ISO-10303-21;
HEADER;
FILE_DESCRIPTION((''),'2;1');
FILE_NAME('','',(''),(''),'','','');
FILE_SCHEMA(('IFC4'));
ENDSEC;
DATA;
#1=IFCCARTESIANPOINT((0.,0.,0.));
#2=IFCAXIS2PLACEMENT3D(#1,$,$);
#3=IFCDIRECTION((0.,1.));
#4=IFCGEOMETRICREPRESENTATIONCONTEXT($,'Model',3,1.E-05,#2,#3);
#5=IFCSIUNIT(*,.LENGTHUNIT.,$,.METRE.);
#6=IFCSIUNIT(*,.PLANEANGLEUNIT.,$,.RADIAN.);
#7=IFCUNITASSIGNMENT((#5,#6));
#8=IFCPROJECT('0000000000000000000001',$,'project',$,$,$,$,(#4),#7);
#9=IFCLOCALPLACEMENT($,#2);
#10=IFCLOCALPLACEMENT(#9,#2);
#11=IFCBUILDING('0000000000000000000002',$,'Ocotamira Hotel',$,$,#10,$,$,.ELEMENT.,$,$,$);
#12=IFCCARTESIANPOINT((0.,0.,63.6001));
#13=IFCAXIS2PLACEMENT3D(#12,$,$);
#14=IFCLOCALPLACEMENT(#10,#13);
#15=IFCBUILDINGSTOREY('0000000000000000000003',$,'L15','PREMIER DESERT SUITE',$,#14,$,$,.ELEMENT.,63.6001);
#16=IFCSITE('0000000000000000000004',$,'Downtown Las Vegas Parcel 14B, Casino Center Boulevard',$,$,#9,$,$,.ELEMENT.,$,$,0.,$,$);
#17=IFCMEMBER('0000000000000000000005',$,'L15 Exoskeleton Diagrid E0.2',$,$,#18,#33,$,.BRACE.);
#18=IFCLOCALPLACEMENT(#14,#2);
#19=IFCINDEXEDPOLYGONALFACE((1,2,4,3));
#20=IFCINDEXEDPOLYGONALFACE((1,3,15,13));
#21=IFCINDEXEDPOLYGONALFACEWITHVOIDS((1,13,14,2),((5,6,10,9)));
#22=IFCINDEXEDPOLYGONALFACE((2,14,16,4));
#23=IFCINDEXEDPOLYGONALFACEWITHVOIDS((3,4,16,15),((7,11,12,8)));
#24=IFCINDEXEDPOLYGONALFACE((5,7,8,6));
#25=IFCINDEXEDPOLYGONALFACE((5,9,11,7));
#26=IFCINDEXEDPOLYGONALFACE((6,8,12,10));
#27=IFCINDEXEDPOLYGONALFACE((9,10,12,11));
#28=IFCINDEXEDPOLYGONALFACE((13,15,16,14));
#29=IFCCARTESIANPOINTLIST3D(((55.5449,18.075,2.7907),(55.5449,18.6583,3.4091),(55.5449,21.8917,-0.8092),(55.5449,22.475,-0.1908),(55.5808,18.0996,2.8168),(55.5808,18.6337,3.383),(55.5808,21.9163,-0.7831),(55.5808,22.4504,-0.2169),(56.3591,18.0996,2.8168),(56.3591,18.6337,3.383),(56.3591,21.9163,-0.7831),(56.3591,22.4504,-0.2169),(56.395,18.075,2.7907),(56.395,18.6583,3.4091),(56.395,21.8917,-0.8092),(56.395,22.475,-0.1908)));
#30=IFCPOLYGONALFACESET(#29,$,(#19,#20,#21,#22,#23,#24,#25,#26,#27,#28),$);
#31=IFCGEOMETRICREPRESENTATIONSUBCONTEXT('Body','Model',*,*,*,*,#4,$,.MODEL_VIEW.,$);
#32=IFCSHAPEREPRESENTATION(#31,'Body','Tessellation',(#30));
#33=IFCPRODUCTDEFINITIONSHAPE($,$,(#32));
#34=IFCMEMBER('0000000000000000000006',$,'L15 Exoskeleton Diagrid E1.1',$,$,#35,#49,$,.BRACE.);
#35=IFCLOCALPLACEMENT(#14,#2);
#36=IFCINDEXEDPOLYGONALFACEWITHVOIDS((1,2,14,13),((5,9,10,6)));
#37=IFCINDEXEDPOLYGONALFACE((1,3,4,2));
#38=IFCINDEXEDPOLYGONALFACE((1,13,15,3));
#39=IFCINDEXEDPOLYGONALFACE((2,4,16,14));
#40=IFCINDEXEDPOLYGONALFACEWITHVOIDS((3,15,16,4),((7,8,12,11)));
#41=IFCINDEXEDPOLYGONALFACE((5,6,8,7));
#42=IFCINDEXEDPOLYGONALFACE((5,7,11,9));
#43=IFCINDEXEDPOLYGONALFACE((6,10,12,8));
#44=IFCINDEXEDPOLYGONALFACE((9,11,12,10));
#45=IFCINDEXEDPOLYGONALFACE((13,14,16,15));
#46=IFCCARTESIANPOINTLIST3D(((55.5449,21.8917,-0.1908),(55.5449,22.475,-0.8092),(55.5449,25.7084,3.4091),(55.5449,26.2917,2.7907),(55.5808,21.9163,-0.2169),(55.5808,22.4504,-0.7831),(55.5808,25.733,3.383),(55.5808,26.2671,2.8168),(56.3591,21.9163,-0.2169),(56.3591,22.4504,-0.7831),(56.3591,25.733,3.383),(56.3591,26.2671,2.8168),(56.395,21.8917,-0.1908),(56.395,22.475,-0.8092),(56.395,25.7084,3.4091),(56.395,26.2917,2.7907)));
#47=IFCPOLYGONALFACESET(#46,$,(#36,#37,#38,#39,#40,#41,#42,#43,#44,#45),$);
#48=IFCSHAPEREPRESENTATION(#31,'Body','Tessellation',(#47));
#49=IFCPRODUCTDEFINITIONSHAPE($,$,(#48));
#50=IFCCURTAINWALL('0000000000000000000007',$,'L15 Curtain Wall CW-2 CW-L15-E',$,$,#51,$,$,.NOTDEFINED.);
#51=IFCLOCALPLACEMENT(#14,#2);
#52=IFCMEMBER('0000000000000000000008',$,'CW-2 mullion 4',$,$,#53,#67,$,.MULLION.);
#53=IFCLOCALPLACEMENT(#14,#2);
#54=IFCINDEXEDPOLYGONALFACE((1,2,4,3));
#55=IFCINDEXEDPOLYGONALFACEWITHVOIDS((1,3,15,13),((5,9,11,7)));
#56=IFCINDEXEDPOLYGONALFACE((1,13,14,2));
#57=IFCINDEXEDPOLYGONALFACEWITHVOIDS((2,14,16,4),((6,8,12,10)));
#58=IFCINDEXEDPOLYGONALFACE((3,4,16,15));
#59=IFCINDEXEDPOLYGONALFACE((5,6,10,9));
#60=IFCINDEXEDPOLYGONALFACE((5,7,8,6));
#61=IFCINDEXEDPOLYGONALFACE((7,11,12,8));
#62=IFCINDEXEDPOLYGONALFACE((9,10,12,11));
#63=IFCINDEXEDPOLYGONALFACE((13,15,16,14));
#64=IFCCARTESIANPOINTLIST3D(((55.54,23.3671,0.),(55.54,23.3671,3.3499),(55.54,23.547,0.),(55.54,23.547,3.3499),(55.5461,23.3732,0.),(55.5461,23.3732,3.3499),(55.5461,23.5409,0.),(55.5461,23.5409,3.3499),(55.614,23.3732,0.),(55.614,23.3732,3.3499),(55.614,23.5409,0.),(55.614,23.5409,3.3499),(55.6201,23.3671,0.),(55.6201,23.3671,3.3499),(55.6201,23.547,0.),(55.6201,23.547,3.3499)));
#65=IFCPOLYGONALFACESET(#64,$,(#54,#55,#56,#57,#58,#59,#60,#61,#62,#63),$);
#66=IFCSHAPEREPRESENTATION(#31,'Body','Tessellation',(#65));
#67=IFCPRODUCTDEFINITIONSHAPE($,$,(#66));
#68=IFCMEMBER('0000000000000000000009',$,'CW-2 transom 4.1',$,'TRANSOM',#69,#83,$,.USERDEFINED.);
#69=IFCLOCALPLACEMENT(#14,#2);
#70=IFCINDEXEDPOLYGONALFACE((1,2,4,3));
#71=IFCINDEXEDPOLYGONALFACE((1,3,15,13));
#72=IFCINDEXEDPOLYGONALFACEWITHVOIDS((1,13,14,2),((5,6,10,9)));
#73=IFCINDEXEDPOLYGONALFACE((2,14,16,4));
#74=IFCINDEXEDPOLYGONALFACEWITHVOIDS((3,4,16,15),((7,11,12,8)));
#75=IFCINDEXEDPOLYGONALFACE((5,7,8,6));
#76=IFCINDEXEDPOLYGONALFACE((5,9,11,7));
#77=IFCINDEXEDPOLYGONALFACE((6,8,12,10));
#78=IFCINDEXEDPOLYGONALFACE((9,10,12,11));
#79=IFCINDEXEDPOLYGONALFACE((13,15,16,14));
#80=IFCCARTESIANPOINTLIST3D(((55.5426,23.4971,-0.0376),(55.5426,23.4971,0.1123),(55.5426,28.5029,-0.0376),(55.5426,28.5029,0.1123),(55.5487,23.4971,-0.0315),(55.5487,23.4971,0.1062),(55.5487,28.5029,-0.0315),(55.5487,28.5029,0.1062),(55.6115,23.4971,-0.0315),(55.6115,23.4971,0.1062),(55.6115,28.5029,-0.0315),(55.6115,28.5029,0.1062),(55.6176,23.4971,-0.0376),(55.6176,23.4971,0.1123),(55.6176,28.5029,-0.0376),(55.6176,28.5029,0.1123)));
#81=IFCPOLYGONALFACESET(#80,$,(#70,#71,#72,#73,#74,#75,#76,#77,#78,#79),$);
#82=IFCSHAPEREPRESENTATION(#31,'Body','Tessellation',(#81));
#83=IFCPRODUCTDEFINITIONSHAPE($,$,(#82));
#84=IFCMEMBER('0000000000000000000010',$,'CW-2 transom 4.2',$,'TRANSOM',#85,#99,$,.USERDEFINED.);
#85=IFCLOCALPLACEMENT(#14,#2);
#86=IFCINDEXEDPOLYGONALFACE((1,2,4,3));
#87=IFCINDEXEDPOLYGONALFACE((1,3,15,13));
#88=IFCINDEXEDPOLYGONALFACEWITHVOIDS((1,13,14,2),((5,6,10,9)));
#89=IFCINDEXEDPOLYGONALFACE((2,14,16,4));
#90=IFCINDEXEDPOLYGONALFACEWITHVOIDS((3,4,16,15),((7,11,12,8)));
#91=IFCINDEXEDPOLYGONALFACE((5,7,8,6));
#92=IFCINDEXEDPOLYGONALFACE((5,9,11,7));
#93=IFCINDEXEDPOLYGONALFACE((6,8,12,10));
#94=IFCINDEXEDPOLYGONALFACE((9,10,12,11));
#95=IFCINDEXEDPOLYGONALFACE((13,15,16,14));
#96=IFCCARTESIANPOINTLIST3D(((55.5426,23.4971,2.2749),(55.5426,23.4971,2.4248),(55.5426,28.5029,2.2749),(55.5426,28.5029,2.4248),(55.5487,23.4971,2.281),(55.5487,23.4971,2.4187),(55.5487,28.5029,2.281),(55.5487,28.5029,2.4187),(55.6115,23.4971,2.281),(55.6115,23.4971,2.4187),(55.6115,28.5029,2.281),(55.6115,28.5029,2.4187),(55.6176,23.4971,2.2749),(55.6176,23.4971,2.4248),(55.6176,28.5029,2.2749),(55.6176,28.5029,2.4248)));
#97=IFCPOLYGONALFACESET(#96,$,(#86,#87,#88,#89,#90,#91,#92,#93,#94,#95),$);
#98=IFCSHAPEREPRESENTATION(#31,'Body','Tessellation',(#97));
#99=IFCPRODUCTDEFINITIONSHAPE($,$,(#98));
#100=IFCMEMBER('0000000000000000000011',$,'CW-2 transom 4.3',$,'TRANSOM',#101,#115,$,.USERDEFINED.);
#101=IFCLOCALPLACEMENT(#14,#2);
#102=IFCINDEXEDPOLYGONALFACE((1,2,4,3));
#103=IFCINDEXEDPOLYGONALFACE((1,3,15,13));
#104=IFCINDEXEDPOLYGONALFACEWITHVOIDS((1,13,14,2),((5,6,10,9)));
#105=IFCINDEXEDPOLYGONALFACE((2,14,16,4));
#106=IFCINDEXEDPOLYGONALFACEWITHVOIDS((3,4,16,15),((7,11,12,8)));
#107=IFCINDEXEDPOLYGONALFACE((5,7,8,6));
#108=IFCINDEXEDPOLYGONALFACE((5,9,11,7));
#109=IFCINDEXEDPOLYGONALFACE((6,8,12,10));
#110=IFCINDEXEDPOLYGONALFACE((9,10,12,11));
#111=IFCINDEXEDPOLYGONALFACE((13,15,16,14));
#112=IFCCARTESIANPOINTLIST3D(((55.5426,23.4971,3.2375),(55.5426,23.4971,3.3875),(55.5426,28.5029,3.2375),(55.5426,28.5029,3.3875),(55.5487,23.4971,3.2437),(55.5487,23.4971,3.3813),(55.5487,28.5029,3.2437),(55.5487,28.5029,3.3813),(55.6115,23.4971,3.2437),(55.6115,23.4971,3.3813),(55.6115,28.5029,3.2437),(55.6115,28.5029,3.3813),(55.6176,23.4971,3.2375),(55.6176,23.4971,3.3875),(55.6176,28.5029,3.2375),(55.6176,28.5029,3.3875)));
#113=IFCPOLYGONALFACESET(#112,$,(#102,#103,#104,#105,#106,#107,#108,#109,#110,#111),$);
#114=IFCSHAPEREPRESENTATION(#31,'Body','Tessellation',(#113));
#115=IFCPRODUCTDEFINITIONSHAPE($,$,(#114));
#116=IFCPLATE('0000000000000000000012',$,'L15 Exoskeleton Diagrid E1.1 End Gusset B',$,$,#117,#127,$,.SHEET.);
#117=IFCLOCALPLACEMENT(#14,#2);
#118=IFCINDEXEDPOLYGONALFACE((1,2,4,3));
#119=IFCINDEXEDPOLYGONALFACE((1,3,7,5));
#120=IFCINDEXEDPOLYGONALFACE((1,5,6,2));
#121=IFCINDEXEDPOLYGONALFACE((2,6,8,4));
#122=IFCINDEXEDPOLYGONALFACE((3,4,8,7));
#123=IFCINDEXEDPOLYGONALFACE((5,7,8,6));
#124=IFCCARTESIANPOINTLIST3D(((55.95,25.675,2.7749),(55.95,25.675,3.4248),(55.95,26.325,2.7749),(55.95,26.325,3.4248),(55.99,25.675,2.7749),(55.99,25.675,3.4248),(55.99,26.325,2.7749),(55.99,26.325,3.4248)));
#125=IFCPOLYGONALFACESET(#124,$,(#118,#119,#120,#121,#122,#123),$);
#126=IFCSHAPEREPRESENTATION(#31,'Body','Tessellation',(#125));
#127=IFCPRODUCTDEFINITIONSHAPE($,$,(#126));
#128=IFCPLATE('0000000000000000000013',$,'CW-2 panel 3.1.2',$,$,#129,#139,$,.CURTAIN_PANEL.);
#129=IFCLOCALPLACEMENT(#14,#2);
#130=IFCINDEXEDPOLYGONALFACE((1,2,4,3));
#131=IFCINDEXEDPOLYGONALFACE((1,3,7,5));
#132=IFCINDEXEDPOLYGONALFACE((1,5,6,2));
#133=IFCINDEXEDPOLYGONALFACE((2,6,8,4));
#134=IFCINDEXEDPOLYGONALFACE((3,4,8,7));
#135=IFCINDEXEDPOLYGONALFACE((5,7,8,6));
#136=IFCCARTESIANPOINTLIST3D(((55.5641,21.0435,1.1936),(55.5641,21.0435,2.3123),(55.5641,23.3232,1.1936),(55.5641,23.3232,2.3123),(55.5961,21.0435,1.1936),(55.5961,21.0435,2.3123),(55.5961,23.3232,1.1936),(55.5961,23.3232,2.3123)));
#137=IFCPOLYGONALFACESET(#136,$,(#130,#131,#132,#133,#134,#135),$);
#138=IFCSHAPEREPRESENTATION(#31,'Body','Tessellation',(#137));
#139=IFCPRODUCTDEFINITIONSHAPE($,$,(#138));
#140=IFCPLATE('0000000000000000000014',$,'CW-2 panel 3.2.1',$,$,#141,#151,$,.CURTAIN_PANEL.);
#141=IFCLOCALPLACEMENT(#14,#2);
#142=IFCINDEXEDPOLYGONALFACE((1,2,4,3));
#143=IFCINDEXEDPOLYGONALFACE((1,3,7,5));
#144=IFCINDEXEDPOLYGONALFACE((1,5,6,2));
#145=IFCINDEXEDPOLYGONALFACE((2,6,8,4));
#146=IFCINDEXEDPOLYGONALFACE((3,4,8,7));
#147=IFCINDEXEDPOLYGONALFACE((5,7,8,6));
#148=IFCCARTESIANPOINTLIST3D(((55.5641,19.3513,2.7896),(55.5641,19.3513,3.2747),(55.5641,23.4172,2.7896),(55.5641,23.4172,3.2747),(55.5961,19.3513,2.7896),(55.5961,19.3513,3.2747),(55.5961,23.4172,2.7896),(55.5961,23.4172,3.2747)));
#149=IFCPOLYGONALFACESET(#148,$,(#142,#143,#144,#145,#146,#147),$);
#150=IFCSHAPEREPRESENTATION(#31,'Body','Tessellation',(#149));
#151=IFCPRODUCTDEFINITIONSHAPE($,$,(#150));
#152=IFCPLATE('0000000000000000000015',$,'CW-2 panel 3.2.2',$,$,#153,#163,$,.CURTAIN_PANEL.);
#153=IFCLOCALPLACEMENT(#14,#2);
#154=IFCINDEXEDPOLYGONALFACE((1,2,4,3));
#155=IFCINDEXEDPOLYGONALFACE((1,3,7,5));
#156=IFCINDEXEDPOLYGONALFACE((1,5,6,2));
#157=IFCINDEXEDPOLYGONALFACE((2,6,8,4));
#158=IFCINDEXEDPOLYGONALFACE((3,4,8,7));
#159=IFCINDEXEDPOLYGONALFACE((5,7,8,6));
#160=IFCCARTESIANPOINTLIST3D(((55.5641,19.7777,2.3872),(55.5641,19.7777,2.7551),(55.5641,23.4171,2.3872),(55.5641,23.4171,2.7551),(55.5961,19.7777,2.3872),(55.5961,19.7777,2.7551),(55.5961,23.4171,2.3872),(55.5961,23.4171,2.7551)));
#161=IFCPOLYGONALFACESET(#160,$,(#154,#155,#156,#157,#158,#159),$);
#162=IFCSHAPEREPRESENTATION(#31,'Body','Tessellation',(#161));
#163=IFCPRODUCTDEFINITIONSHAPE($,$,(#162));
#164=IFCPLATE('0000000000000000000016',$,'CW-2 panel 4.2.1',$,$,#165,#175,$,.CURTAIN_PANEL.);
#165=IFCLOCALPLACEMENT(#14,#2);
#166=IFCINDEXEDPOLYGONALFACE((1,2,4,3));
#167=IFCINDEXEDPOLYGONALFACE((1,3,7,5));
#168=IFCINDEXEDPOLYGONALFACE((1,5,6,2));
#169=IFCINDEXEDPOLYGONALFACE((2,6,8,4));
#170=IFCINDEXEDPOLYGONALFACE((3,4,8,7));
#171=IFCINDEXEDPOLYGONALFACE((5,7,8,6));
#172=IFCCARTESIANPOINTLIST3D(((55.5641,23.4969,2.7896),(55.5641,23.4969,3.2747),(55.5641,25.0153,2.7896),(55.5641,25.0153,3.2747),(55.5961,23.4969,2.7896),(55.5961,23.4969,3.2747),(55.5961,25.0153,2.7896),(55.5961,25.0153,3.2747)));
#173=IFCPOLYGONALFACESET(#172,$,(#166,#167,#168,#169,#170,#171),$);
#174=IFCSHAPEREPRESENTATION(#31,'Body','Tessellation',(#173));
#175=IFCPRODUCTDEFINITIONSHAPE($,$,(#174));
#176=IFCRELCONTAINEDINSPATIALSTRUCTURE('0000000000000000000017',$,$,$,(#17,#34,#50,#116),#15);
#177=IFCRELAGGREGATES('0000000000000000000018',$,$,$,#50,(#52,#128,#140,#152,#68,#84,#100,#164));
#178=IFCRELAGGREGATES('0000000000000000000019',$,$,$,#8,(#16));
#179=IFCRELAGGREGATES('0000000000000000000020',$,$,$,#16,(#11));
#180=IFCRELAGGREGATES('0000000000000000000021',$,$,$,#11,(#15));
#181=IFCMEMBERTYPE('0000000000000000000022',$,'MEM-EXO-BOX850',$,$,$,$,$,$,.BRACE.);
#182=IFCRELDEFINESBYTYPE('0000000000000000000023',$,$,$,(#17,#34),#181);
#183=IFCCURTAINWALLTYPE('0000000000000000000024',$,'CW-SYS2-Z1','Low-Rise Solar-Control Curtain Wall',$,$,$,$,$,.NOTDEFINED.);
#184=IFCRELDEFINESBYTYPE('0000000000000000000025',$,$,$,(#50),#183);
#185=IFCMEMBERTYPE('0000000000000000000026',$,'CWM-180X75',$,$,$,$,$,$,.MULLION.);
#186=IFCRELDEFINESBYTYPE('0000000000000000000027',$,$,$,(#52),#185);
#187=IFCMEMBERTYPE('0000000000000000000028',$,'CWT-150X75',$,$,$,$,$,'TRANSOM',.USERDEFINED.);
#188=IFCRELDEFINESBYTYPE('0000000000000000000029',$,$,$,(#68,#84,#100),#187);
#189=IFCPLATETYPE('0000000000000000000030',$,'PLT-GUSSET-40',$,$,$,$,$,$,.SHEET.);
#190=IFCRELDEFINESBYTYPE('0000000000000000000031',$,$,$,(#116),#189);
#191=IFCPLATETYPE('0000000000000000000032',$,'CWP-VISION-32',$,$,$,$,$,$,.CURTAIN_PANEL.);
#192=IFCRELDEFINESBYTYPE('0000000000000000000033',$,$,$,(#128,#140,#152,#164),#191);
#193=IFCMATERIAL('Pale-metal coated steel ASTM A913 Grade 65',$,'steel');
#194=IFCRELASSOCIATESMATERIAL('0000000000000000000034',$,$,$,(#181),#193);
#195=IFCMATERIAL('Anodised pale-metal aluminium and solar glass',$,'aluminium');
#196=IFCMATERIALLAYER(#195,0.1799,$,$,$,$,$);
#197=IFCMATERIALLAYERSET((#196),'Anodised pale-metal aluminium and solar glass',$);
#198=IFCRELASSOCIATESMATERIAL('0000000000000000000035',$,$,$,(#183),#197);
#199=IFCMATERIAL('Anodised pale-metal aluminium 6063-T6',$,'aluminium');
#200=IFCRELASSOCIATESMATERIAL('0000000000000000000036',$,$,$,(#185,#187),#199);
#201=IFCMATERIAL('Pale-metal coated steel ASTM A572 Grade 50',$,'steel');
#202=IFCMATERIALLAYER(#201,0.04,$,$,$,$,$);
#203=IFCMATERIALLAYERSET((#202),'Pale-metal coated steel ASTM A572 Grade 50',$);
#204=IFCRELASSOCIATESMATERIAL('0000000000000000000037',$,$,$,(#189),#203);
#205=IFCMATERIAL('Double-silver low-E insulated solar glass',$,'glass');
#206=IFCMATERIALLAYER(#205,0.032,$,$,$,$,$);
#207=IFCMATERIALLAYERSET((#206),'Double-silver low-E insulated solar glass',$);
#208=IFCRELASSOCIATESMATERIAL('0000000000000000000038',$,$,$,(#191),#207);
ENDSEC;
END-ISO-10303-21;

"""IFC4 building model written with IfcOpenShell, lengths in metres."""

from ifc_helpers import new_model, si_unit, direction, frame, origin, origin_2d, place, context, subcontext, project, spatial, rectangle, hollow_rectangle, extrude, source, transform, mapped, material, layer, layer_set, material_profile, profile_set, type_object, element, aggregate, save


model = new_model("IFC4")

# Units and contexts
model_context = context("Model", 3, precision=1e-05, world=origin(), true_north=direction((0.0, 1.0)))
body_context = subcontext(model_context, "Body", "Model", "MODEL_VIEW")
ifc_project = project(units=[si_unit("LENGTHUNIT", "METRE"), si_unit("PLANEANGLEUNIT", "RADIAN")], contexts=[model_context])

# Site, building, storey
site_placement = place(None, origin())
site = spatial("IfcSite", under=ifc_project, at=site_placement, Name="Downtown Las Vegas Parcel 14B, Casino Center Boulevard", CompositionType="ELEMENT", RefElevation=0.0)
building_placement = place(site_placement, origin())
building = spatial("IfcBuilding", under=site, at=building_placement, Name="Ocotamira Hotel", CompositionType="ELEMENT")
storey_placement = place(building_placement, frame((0.0, 0.0, 63.6001)))
storey = spatial("IfcBuildingStorey", under=building, at=storey_placement, Name="L15", Description="PREMIER DESERT SUITE", CompositionType="ELEMENT", Elevation=63.6001)

# Members
ifc_material_1 = material(Name="Pale-metal coated steel ASTM A913 Grade 65", Category="steel")
ifc_material_profile_1 = material_profile(ifc_material_1, hollow_rectangle(XDim=0.8501, YDim=0.8501, WallThickness=0.0359, at=origin_2d()), Name="BOX850X850X36")
ifc_profile_set_1 = profile_set([ifc_material_profile_1], Name="Pale-metal coated steel ASTM A913 Grade 65")
member_type_1 = type_object("IfcMemberType", Name="MEM-EXO-BOX850", PredefinedType="BRACE", material=ifc_profile_set_1)
shared_shape_1 = source(origin(), body_context, "Body", "SweptSolid", [
    extrude(hollow_rectangle(XDim=0.8501, YDim=0.8501, WallThickness=0.0359, at=origin_2d()), origin(), (0.0, 0.0, 1.0), 5.2466),
])
for number, where, z_axis, x_axis, name in (
    (1, (55.97, 22.1833, -0.5), (0.0, -0.727466, 0.686144), (1.0, 0.0, 0.0), "L15 Exoskeleton Diagrid E0.2"),
    (2, (55.97, 22.1833, -0.5), (0.0, 0.727466, 0.686144), (-1.0, 0.0, 0.0), "L15 Exoskeleton Diagrid E1.1"),
):
    element("IfcMember", number, at=place(storey_placement, frame(where, z_axis=z_axis, x_axis=x_axis)), inside=storey, type_object=member_type_1, Name=name, PredefinedType="BRACE", context=body_context, shape_type="MappedRepresentation", body=[
        mapped(shared_shape_1, transform((0.0, 0.0, 0.0), scale=1.0)),
    ])

# Curtain wall, members
ifc_material_2 = material(Name="Anodised pale-metal aluminium and solar glass", Category="aluminium")
ifc_layer_1 = layer(ifc_material_2, 0.1799)
ifc_layer_set_1 = layer_set([ifc_layer_1], Name="Anodised pale-metal aluminium and solar glass")
curtain_wall_type = type_object("IfcCurtainWallType", Name="CW-SYS2-Z1", Description="Low-Rise Solar-Control Curtain Wall", PredefinedType="NOTDEFINED", material=ifc_layer_set_1)
curtain_wall_placement = place(storey_placement, origin())
curtain_wall = element("IfcCurtainWall", 3, at=curtain_wall_placement, inside=storey, type_object=curtain_wall_type, Name="L15 Curtain Wall CW-2 CW-L15-E", PredefinedType="NOTDEFINED")
ifc_material_3 = material(Name="Anodised pale-metal aluminium 6063-T6", Category="aluminium")
ifc_material_profile_2 = material_profile(ifc_material_3, hollow_rectangle(XDim=0.0801, YDim=0.1799, WallThickness=0.0061, at=origin_2d()), Name="HSS180X80X6")
ifc_profile_set_2 = profile_set([ifc_material_profile_2], Name="Anodised pale-metal aluminium 6063-T6")
member_type_2 = type_object("IfcMemberType", Name="CWM-180X75", PredefinedType="MULLION", material=ifc_profile_set_2)
shared_shape_2 = source(origin(), body_context, "Body", "SweptSolid", [
    extrude(hollow_rectangle(XDim=0.0801, YDim=0.1799, WallThickness=0.0061, at=origin_2d()), origin(), (0.0, 0.0, 1.0), 3.3499),
])
member_1_placement = place(storey_placement, frame((55.5801, 23.457, 0.0), z_axis=(0.0, 0.0, 1.0), x_axis=(-1.0, 0.0, 0.0)))
member_1 = element("IfcMember", 4, at=member_1_placement, type_object=member_type_2, Name="CW-2 mullion 4", PredefinedType="MULLION", context=body_context, shape_type="MappedRepresentation", body=[
    mapped(shared_shape_2, transform((0.0, 0.0, 0.0), scale=1.0)),
])
ifc_material_profile_3 = material_profile(ifc_material_3, hollow_rectangle(XDim=0.075, YDim=0.1499, WallThickness=0.0061, at=origin_2d()), Name="HSS150X75X6")
ifc_profile_set_3 = profile_set([ifc_material_profile_3], Name="Anodised pale-metal aluminium 6063-T6")
member_type_3 = type_object("IfcMemberType", Name="CWT-150X75", ElementType="TRANSOM", PredefinedType="USERDEFINED", material=ifc_profile_set_3)
shared_shape_3 = source(origin(), body_context, "Body", "SweptSolid", [
    extrude(hollow_rectangle(XDim=0.075, YDim=0.1499, WallThickness=0.0061, at=origin_2d()), origin(), (0.0, 0.0, 1.0), 5.0059),
])
member_2_placement = place(storey_placement, frame((55.5801, 23.4971, 0.0374), z_axis=(0.0, 1.0, 0.0), x_axis=(-1.0, 0.0, 0.0)))
member_2 = element("IfcMember", 5, at=member_2_placement, type_object=member_type_3, Name="CW-2 transom 4.1", ObjectType="TRANSOM", PredefinedType="USERDEFINED", context=body_context, shape_type="MappedRepresentation", body=[
    mapped(shared_shape_3, transform((0.0, 0.0, 0.0), scale=1.0)),
])
member_3_placement = place(storey_placement, frame((55.5801, 23.4971, 2.3499), z_axis=(0.0, 1.0, 0.0), x_axis=(-1.0, 0.0, 0.0)))
member_3 = element("IfcMember", 6, at=member_3_placement, type_object=member_type_3, Name="CW-2 transom 4.2", ObjectType="TRANSOM", PredefinedType="USERDEFINED", context=body_context, shape_type="MappedRepresentation", body=[
    mapped(shared_shape_3, transform((0.0, 0.0, 0.0), scale=1.0)),
])
member_4_placement = place(storey_placement, frame((55.5801, 23.4971, 3.3125), z_axis=(0.0, 1.0, 0.0), x_axis=(-1.0, 0.0, 0.0)))
member_4 = element("IfcMember", 7, at=member_4_placement, type_object=member_type_3, Name="CW-2 transom 4.3", ObjectType="TRANSOM", PredefinedType="USERDEFINED", context=body_context, shape_type="MappedRepresentation", body=[
    mapped(shared_shape_3, transform((0.0, 0.0, 0.0), scale=1.0)),
])

# Plates
ifc_material_4 = material(Name="Pale-metal coated steel ASTM A572 Grade 50", Category="steel")
ifc_layer_2 = layer(ifc_material_4, 0.04)
ifc_layer_set_2 = layer_set([ifc_layer_2], Name="Pale-metal coated steel ASTM A572 Grade 50")
plate_type_1 = type_object("IfcPlateType", Name="PLT-GUSSET-40", PredefinedType="SHEET", material=ifc_layer_set_2)
shared_shape_4 = source(origin(), body_context, "Body", "SweptSolid", [
    extrude(rectangle(XDim=0.04, YDim=0.6499, at=origin_2d()), origin(), (0.0, 0.0, 1.0), 0.6499),
])
plate_1_placement = place(storey_placement, frame((55.97, 26.0, 2.7749), z_axis=(0.0, 0.0, 1.0), x_axis=(1.0, 0.0, 0.0)))
element("IfcPlate", 8, at=plate_1_placement, inside=storey, type_object=plate_type_1, Name="L15 Exoskeleton Diagrid E1.1 End Gusset B", PredefinedType="SHEET", context=body_context, shape_type="MappedRepresentation", body=[
    mapped(shared_shape_4, transform((0.0, 0.0, 0.0), scale=1.0)),
])
ifc_material_5 = material(Name="Double-silver low-E insulated solar glass", Category="glass")
ifc_layer_3 = layer(ifc_material_5, 0.032)
ifc_layer_set_3 = layer_set([ifc_layer_3], Name="Double-silver low-E insulated solar glass")
plate_type_2 = type_object("IfcPlateType", Name="CWP-VISION-32", PredefinedType="CURTAIN_PANEL", material=ifc_layer_set_3)
shared_shape_5 = source(origin(), body_context, "Body", "SweptSolid", [
    extrude(rectangle(XDim=2.2798, YDim=0.032, at=origin_2d()), origin(), (0.0, 0.0, 1.0), 1.1187),
])
plate_2_placement = place(storey_placement, frame((55.5801, 22.1833, 1.1936), z_axis=(0.0, 0.0, 1.0), x_axis=(0.0, 1.0, 0.0)))
plate_2 = element("IfcPlate", 9, at=plate_2_placement, type_object=plate_type_2, Name="CW-2 panel 3.1.2", PredefinedType="CURTAIN_PANEL", context=body_context, shape_type="MappedRepresentation", body=[
    mapped(shared_shape_5, transform((0.0, 0.0, 0.0), scale=1.0)),
])
shared_shape_6 = source(origin(), body_context, "Body", "SweptSolid", [
    extrude(rectangle(XDim=4.0659, YDim=0.032, at=origin_2d()), origin(), (0.0, 0.0, 1.0), 0.4851),
])
plate_3_placement = place(storey_placement, frame((55.5801, 21.3843, 2.7896), z_axis=(0.0, 0.0, 1.0), x_axis=(0.0, 1.0, 0.0)))
plate_3 = element("IfcPlate", 10, at=plate_3_placement, type_object=plate_type_2, Name="CW-2 panel 3.2.1", PredefinedType="CURTAIN_PANEL", context=body_context, shape_type="MappedRepresentation", body=[
    mapped(shared_shape_6, transform((0.0, 0.0, 0.0), scale=1.0)),
])
shared_shape_7 = source(origin(), body_context, "Body", "SweptSolid", [
    extrude(rectangle(XDim=3.6394, YDim=0.032, at=origin_2d()), origin(), (0.0, 0.0, 1.0), 0.3679),
])
plate_4_placement = place(storey_placement, frame((55.5801, 21.5974, 2.3872), z_axis=(0.0, 0.0, 1.0), x_axis=(0.0, 1.0, 0.0)))
plate_4 = element("IfcPlate", 11, at=plate_4_placement, type_object=plate_type_2, Name="CW-2 panel 3.2.2", PredefinedType="CURTAIN_PANEL", context=body_context, shape_type="MappedRepresentation", body=[
    mapped(shared_shape_7, transform((0.0, 0.0, 0.0), scale=1.0)),
])
shared_shape_8 = source(origin(), body_context, "Body", "SweptSolid", [
    extrude(rectangle(XDim=1.5183, YDim=0.032, at=origin_2d()), origin(), (0.0, 0.0, 1.0), 0.4851),
])
plate_5_placement = place(storey_placement, frame((55.5801, 24.2561, 2.7896), z_axis=(0.0, 0.0, 1.0), x_axis=(0.0, 1.0, 0.0)))
plate_5 = element("IfcPlate", 12, at=plate_5_placement, type_object=plate_type_2, Name="CW-2 panel 4.2.1", PredefinedType="CURTAIN_PANEL", context=body_context, shape_type="MappedRepresentation", body=[
    mapped(shared_shape_8, transform((0.0, 0.0, 0.0), scale=1.0)),
])
aggregate(curtain_wall, [member_1, plate_2, plate_3, plate_4, member_2, member_3, member_4, plate_5])

save(model, "model.ifc")
